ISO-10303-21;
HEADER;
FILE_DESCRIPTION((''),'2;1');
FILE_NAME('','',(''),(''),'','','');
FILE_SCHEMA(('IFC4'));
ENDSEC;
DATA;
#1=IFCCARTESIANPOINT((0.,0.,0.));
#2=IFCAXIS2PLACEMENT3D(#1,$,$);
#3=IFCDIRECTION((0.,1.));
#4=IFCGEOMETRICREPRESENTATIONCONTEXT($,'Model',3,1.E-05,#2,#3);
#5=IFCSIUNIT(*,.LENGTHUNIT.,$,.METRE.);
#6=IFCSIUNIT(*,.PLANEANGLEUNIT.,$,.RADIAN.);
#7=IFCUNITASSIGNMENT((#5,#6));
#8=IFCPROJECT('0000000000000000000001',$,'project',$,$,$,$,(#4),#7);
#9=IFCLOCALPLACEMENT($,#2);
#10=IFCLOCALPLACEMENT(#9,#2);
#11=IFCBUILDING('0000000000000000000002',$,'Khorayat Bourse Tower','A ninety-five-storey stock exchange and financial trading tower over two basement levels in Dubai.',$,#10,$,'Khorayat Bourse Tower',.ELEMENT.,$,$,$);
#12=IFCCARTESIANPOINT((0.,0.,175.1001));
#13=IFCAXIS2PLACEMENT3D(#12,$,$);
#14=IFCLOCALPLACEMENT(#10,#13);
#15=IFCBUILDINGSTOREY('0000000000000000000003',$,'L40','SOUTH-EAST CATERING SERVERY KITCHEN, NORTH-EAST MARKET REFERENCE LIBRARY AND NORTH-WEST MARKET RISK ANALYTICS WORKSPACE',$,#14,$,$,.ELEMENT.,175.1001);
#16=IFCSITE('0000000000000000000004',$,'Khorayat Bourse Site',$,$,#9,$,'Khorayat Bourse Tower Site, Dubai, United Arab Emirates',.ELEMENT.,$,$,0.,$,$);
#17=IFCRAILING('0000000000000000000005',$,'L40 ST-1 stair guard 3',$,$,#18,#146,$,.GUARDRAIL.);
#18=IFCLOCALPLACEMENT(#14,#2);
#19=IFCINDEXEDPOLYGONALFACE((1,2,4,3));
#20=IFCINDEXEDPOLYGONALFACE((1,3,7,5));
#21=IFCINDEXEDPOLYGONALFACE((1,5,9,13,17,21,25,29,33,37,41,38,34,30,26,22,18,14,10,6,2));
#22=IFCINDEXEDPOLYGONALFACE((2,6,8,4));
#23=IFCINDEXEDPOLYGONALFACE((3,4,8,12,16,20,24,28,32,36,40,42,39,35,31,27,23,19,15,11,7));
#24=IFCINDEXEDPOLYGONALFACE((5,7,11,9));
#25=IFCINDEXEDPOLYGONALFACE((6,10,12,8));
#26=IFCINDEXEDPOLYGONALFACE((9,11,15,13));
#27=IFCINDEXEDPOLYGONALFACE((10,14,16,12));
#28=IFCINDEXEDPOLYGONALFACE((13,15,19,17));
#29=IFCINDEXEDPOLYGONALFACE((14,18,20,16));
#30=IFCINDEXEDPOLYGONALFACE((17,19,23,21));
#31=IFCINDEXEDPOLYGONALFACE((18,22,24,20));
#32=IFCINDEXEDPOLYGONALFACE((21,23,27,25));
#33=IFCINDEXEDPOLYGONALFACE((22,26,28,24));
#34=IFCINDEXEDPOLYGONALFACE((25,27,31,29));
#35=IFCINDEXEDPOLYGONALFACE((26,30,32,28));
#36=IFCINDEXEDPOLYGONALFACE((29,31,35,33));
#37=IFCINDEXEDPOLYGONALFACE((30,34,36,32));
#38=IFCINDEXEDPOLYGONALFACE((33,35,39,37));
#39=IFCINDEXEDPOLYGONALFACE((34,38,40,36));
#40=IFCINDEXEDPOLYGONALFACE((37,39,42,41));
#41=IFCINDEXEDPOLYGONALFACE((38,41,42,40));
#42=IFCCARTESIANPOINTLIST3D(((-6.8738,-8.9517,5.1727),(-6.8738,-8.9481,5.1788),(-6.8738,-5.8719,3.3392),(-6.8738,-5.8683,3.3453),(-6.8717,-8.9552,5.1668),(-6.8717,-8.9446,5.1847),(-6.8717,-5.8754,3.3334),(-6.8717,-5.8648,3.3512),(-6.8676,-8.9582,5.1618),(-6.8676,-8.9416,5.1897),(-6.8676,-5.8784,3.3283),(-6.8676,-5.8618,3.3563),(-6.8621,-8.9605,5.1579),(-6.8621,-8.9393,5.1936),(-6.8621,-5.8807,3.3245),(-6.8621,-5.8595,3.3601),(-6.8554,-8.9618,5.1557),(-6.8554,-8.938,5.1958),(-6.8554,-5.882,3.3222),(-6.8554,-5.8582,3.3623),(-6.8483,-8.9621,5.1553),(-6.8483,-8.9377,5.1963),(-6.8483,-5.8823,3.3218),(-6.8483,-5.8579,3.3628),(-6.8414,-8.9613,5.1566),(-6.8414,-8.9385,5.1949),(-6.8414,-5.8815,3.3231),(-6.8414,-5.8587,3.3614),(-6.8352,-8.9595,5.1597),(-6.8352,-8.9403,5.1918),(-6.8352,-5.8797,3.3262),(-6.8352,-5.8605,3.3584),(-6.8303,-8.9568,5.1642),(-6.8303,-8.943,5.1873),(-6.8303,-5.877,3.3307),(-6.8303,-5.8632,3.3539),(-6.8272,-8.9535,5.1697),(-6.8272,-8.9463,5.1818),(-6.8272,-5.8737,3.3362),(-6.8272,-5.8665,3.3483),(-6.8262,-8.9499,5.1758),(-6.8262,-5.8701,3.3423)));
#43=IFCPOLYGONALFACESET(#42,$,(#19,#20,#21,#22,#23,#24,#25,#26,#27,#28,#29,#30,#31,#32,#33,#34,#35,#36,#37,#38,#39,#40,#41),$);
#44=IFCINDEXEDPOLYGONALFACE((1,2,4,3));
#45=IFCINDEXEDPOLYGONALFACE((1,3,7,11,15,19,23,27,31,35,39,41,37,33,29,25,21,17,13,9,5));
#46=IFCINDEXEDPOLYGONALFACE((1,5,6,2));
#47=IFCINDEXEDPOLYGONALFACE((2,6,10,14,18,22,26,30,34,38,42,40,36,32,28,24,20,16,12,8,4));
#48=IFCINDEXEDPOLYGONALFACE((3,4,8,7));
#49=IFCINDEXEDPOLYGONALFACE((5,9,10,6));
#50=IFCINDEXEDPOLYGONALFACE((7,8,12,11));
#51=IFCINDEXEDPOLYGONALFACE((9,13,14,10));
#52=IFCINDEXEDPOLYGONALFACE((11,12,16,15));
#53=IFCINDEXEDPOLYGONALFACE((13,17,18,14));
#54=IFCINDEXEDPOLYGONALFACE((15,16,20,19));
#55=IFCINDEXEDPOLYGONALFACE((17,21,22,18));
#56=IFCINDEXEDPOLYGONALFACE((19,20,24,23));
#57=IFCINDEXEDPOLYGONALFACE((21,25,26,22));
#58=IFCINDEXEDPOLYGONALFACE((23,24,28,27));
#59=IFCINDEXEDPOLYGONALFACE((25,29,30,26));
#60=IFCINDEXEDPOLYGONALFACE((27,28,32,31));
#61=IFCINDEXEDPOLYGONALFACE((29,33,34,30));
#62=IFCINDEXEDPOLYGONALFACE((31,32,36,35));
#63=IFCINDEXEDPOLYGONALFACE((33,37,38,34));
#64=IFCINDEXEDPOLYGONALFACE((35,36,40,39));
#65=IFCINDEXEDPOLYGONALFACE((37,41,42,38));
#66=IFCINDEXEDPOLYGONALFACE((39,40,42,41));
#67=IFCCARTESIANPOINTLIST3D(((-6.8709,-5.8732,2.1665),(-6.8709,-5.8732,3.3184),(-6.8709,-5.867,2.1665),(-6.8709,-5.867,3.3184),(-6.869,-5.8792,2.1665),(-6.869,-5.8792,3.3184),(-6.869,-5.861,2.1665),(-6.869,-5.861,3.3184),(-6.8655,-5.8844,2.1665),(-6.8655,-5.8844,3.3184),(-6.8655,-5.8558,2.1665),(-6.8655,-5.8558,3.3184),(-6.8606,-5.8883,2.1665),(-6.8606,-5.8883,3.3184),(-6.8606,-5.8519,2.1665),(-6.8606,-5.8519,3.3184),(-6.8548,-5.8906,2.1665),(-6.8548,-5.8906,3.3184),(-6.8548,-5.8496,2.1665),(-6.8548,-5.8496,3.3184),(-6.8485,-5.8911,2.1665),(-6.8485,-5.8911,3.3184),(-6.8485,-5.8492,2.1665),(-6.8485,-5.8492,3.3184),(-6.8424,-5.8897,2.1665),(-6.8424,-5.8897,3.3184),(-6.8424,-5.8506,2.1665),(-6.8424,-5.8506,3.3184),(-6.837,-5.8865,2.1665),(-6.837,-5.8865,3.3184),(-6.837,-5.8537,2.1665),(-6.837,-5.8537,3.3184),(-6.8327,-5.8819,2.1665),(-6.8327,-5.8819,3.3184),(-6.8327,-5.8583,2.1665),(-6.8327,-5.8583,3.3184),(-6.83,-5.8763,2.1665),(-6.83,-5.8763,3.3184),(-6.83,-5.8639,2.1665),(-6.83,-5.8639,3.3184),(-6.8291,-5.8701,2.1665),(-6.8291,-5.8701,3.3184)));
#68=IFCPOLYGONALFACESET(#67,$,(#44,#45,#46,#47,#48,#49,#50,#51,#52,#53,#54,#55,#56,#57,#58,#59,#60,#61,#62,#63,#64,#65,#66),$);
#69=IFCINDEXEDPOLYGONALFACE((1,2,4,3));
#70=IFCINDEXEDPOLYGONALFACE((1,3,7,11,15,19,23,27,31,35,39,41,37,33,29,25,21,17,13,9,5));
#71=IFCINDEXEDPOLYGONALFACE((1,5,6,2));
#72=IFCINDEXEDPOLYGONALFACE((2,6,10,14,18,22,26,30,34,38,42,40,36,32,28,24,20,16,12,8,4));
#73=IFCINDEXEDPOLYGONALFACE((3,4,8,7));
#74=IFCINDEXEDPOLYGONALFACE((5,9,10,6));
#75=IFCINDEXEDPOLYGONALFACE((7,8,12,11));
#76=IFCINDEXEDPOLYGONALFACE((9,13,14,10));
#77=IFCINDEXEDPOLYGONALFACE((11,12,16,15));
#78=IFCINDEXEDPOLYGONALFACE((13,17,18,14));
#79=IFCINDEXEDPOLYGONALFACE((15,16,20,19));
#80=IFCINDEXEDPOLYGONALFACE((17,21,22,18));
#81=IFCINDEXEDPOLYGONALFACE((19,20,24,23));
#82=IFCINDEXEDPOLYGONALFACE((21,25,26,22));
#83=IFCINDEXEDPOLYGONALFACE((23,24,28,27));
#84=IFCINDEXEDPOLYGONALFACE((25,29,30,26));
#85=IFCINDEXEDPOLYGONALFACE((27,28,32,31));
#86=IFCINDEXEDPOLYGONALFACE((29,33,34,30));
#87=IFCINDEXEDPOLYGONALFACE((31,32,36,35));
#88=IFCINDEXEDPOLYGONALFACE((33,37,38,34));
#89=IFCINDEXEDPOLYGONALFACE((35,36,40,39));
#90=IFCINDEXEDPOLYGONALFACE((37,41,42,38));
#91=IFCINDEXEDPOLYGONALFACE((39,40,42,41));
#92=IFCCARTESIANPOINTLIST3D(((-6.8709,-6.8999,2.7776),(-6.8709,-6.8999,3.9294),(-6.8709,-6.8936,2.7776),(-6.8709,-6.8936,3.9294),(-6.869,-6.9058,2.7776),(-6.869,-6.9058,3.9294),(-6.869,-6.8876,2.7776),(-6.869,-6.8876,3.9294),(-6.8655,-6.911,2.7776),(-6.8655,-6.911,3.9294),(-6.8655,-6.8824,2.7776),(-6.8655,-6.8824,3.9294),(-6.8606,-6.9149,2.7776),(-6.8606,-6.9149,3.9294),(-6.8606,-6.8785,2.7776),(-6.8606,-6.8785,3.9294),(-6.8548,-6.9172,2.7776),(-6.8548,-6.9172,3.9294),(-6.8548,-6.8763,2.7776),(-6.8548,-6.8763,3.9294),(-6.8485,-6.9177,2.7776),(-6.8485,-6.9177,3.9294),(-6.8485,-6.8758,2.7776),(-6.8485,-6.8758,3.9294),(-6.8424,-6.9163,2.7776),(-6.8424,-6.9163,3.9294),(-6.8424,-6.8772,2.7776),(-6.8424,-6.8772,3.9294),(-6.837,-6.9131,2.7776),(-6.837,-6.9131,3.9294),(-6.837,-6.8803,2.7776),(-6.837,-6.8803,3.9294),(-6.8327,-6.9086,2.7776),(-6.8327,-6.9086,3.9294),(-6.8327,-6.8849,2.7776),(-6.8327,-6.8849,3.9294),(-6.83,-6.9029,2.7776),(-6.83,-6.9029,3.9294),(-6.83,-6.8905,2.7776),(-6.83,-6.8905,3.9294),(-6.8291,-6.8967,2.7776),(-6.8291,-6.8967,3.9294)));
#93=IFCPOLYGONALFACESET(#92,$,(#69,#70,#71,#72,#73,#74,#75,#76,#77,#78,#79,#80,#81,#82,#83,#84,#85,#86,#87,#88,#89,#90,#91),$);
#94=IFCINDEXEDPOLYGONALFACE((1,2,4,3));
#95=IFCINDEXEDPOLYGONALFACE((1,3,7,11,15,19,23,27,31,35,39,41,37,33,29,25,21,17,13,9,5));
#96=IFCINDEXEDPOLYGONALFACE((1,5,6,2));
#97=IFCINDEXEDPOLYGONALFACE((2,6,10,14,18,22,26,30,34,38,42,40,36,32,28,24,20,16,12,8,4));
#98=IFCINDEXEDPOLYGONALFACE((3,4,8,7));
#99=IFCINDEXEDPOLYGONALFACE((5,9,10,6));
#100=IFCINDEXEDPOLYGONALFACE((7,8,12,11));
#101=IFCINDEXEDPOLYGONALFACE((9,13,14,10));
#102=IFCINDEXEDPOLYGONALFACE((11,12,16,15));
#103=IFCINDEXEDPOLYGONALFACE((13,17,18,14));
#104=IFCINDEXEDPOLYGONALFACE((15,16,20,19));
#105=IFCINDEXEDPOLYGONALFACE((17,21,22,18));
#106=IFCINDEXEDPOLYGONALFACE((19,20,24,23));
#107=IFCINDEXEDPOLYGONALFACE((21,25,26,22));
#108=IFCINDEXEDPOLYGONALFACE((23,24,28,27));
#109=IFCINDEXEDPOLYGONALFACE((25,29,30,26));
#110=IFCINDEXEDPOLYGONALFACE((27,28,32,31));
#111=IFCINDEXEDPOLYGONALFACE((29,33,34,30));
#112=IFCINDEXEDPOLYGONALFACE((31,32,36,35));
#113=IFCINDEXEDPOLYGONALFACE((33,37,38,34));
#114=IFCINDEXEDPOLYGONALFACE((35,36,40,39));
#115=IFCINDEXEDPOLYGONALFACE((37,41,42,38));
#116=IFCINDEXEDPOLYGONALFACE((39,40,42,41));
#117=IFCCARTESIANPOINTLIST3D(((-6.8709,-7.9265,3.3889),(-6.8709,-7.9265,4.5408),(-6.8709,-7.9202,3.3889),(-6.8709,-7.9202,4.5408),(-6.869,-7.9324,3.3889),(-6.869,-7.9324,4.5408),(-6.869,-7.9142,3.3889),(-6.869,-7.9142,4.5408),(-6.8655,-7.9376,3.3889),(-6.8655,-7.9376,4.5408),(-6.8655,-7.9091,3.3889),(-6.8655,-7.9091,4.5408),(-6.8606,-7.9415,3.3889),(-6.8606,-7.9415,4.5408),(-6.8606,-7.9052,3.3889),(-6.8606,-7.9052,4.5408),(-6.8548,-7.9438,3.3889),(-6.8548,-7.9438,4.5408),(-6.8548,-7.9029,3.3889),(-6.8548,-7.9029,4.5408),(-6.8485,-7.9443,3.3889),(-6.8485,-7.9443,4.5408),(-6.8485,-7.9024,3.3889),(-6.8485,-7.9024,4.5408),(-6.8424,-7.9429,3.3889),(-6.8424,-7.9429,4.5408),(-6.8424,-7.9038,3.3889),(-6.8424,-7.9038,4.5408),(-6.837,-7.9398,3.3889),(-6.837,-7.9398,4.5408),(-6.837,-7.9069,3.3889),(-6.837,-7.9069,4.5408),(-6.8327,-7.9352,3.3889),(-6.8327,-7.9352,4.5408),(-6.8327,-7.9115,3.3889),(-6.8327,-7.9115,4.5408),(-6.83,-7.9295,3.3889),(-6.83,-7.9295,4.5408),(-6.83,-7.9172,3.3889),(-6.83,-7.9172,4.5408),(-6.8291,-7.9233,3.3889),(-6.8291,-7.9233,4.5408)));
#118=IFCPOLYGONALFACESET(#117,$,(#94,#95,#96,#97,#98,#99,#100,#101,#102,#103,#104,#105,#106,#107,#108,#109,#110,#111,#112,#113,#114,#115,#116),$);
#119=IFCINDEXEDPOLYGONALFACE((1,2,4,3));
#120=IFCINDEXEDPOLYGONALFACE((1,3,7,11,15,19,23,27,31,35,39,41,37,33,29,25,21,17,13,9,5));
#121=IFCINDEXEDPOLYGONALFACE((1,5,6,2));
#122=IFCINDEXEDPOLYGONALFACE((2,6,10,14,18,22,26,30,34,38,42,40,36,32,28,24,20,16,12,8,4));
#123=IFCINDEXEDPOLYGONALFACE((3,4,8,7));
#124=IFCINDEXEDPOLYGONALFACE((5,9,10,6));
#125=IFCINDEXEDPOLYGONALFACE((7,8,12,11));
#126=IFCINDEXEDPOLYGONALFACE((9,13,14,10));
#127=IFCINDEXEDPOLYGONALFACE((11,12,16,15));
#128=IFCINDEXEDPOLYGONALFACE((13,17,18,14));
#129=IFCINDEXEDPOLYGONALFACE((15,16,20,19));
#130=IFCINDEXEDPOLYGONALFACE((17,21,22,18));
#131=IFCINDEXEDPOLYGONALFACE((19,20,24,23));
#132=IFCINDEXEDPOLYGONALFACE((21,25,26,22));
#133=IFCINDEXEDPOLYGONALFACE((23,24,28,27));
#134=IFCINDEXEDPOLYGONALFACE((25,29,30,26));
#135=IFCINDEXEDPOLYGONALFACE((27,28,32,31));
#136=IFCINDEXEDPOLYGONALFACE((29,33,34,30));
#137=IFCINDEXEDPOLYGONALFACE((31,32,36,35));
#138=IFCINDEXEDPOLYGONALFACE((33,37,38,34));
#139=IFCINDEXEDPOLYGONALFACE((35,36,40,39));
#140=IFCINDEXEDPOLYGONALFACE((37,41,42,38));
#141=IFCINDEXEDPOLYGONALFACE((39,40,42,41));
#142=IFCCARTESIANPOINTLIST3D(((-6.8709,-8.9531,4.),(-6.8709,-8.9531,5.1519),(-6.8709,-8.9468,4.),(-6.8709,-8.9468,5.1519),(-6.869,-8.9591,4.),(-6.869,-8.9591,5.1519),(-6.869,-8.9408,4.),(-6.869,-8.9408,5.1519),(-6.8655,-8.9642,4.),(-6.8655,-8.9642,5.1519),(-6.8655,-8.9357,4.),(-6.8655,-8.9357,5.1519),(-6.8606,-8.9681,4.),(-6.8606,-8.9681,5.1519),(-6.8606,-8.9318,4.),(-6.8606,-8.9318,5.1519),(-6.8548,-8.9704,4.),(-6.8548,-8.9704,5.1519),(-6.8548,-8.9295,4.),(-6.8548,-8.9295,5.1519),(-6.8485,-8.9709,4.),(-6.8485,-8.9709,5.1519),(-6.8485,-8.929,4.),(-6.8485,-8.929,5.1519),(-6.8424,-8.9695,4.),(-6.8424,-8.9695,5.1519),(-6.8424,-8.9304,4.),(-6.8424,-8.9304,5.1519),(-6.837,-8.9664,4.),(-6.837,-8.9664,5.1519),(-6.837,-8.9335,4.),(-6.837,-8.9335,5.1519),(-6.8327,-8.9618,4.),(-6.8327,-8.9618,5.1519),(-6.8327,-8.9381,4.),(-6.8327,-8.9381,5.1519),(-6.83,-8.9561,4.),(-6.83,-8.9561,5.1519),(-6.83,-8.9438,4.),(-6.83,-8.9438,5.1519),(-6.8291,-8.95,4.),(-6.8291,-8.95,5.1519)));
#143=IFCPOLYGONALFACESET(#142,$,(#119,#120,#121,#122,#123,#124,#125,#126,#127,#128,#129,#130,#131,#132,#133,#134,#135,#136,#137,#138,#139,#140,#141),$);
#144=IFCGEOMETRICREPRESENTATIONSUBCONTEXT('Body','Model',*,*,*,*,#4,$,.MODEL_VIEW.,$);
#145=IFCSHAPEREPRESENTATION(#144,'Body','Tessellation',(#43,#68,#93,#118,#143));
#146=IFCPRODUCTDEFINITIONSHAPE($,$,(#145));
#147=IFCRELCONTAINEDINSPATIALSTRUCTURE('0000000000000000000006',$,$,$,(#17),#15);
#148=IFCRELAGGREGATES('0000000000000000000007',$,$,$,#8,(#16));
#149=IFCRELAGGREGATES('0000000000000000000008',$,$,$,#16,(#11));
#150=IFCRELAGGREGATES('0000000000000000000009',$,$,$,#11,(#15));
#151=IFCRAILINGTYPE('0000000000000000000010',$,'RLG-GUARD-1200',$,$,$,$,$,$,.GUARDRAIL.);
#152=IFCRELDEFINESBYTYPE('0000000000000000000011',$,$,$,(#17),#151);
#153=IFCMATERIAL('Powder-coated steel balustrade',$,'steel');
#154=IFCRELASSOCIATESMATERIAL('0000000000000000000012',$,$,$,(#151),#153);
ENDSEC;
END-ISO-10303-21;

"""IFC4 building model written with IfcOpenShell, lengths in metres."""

from ifc_helpers import new_model, si_unit, direction, frame, origin, origin_2d, place, context, subcontext, project, spatial, circle, extrude, source, transform, mapped, material, type_object, element, save


model = new_model("IFC4")

# Units and contexts
model_context = context("Model", 3, precision=1e-05, world=origin(), true_north=direction((0.0, 1.0)))
body_context = subcontext(model_context, "Body", "Model", "MODEL_VIEW")
ifc_project = project(units=[si_unit("LENGTHUNIT", "METRE"), si_unit("PLANEANGLEUNIT", "RADIAN")], contexts=[model_context])

# Site, building, storey
site_placement = place(None, origin())
site = spatial("IfcSite", under=ifc_project, at=site_placement, Name="Khorayat Bourse Site", LongName="Khorayat Bourse Tower Site, Dubai, United Arab Emirates", CompositionType="ELEMENT", RefElevation=0.0)
building_placement = place(site_placement, origin())
building = spatial("IfcBuilding", under=site, at=building_placement, Name="Khorayat Bourse Tower", Description="A ninety-five-storey stock exchange and financial trading tower over two basement levels in Dubai.", LongName="Khorayat Bourse Tower", CompositionType="ELEMENT")
storey_placement = place(building_placement, frame((0.0, 0.0, 175.1001)))
storey = spatial("IfcBuildingStorey", under=building, at=storey_placement, Name="L40", Description="SOUTH-EAST CATERING SERVERY KITCHEN, NORTH-EAST MARKET REFERENCE LIBRARY AND NORTH-WEST MARKET RISK ANALYTICS WORKSPACE", CompositionType="ELEMENT", Elevation=175.1001)

# Railing
ifc_material_1 = material(Name="Powder-coated steel balustrade", Category="steel")
railing_type_1 = type_object("IfcRailingType", Name="RLG-GUARD-1200", PredefinedType="GUARDRAIL", material=ifc_material_1)
shared_shape_1 = source(origin(), body_context, "Body", "SweptSolid", [
    extrude(circle(Radius=0.0239, at=origin_2d()), frame((0.0, 0.0, 1.1758), z_axis=(0.0, -0.859261, 0.511538), x_axis=(1.0, 0.0, 0.0)), (0.0, 0.0, 1.0), 3.5842),
    extrude(circle(Radius=0.021, at=origin_2d()), origin(), (0.0, 0.0, 1.0), 1.1519),
    extrude(circle(Radius=0.021, at=origin_2d()), frame((0.0, -1.0266, 0.6111)), (0.0, 0.0, 1.0), 1.1519),
    extrude(circle(Radius=0.021, at=origin_2d()), frame((0.0, -2.0532, 1.2224)), (0.0, 0.0, 1.0), 1.1519),
    extrude(circle(Radius=0.021, at=origin_2d()), frame((0.0, -3.0798, 1.8335)), (0.0, 0.0, 1.0), 1.1519),
])
railing_1_placement = place(storey_placement, frame((-6.8501, -5.8701, 2.1665)))
element("IfcRailing", 1, at=railing_1_placement, inside=storey, type_object=railing_type_1, Name="L40 ST-1 stair guard 3", PredefinedType="GUARDRAIL", context=body_context, shape_type="MappedRepresentation", body=[
    mapped(shared_shape_1, transform((0.0, 0.0, 0.0), scale=1.0)),
])

save(model, "model.ifc")
